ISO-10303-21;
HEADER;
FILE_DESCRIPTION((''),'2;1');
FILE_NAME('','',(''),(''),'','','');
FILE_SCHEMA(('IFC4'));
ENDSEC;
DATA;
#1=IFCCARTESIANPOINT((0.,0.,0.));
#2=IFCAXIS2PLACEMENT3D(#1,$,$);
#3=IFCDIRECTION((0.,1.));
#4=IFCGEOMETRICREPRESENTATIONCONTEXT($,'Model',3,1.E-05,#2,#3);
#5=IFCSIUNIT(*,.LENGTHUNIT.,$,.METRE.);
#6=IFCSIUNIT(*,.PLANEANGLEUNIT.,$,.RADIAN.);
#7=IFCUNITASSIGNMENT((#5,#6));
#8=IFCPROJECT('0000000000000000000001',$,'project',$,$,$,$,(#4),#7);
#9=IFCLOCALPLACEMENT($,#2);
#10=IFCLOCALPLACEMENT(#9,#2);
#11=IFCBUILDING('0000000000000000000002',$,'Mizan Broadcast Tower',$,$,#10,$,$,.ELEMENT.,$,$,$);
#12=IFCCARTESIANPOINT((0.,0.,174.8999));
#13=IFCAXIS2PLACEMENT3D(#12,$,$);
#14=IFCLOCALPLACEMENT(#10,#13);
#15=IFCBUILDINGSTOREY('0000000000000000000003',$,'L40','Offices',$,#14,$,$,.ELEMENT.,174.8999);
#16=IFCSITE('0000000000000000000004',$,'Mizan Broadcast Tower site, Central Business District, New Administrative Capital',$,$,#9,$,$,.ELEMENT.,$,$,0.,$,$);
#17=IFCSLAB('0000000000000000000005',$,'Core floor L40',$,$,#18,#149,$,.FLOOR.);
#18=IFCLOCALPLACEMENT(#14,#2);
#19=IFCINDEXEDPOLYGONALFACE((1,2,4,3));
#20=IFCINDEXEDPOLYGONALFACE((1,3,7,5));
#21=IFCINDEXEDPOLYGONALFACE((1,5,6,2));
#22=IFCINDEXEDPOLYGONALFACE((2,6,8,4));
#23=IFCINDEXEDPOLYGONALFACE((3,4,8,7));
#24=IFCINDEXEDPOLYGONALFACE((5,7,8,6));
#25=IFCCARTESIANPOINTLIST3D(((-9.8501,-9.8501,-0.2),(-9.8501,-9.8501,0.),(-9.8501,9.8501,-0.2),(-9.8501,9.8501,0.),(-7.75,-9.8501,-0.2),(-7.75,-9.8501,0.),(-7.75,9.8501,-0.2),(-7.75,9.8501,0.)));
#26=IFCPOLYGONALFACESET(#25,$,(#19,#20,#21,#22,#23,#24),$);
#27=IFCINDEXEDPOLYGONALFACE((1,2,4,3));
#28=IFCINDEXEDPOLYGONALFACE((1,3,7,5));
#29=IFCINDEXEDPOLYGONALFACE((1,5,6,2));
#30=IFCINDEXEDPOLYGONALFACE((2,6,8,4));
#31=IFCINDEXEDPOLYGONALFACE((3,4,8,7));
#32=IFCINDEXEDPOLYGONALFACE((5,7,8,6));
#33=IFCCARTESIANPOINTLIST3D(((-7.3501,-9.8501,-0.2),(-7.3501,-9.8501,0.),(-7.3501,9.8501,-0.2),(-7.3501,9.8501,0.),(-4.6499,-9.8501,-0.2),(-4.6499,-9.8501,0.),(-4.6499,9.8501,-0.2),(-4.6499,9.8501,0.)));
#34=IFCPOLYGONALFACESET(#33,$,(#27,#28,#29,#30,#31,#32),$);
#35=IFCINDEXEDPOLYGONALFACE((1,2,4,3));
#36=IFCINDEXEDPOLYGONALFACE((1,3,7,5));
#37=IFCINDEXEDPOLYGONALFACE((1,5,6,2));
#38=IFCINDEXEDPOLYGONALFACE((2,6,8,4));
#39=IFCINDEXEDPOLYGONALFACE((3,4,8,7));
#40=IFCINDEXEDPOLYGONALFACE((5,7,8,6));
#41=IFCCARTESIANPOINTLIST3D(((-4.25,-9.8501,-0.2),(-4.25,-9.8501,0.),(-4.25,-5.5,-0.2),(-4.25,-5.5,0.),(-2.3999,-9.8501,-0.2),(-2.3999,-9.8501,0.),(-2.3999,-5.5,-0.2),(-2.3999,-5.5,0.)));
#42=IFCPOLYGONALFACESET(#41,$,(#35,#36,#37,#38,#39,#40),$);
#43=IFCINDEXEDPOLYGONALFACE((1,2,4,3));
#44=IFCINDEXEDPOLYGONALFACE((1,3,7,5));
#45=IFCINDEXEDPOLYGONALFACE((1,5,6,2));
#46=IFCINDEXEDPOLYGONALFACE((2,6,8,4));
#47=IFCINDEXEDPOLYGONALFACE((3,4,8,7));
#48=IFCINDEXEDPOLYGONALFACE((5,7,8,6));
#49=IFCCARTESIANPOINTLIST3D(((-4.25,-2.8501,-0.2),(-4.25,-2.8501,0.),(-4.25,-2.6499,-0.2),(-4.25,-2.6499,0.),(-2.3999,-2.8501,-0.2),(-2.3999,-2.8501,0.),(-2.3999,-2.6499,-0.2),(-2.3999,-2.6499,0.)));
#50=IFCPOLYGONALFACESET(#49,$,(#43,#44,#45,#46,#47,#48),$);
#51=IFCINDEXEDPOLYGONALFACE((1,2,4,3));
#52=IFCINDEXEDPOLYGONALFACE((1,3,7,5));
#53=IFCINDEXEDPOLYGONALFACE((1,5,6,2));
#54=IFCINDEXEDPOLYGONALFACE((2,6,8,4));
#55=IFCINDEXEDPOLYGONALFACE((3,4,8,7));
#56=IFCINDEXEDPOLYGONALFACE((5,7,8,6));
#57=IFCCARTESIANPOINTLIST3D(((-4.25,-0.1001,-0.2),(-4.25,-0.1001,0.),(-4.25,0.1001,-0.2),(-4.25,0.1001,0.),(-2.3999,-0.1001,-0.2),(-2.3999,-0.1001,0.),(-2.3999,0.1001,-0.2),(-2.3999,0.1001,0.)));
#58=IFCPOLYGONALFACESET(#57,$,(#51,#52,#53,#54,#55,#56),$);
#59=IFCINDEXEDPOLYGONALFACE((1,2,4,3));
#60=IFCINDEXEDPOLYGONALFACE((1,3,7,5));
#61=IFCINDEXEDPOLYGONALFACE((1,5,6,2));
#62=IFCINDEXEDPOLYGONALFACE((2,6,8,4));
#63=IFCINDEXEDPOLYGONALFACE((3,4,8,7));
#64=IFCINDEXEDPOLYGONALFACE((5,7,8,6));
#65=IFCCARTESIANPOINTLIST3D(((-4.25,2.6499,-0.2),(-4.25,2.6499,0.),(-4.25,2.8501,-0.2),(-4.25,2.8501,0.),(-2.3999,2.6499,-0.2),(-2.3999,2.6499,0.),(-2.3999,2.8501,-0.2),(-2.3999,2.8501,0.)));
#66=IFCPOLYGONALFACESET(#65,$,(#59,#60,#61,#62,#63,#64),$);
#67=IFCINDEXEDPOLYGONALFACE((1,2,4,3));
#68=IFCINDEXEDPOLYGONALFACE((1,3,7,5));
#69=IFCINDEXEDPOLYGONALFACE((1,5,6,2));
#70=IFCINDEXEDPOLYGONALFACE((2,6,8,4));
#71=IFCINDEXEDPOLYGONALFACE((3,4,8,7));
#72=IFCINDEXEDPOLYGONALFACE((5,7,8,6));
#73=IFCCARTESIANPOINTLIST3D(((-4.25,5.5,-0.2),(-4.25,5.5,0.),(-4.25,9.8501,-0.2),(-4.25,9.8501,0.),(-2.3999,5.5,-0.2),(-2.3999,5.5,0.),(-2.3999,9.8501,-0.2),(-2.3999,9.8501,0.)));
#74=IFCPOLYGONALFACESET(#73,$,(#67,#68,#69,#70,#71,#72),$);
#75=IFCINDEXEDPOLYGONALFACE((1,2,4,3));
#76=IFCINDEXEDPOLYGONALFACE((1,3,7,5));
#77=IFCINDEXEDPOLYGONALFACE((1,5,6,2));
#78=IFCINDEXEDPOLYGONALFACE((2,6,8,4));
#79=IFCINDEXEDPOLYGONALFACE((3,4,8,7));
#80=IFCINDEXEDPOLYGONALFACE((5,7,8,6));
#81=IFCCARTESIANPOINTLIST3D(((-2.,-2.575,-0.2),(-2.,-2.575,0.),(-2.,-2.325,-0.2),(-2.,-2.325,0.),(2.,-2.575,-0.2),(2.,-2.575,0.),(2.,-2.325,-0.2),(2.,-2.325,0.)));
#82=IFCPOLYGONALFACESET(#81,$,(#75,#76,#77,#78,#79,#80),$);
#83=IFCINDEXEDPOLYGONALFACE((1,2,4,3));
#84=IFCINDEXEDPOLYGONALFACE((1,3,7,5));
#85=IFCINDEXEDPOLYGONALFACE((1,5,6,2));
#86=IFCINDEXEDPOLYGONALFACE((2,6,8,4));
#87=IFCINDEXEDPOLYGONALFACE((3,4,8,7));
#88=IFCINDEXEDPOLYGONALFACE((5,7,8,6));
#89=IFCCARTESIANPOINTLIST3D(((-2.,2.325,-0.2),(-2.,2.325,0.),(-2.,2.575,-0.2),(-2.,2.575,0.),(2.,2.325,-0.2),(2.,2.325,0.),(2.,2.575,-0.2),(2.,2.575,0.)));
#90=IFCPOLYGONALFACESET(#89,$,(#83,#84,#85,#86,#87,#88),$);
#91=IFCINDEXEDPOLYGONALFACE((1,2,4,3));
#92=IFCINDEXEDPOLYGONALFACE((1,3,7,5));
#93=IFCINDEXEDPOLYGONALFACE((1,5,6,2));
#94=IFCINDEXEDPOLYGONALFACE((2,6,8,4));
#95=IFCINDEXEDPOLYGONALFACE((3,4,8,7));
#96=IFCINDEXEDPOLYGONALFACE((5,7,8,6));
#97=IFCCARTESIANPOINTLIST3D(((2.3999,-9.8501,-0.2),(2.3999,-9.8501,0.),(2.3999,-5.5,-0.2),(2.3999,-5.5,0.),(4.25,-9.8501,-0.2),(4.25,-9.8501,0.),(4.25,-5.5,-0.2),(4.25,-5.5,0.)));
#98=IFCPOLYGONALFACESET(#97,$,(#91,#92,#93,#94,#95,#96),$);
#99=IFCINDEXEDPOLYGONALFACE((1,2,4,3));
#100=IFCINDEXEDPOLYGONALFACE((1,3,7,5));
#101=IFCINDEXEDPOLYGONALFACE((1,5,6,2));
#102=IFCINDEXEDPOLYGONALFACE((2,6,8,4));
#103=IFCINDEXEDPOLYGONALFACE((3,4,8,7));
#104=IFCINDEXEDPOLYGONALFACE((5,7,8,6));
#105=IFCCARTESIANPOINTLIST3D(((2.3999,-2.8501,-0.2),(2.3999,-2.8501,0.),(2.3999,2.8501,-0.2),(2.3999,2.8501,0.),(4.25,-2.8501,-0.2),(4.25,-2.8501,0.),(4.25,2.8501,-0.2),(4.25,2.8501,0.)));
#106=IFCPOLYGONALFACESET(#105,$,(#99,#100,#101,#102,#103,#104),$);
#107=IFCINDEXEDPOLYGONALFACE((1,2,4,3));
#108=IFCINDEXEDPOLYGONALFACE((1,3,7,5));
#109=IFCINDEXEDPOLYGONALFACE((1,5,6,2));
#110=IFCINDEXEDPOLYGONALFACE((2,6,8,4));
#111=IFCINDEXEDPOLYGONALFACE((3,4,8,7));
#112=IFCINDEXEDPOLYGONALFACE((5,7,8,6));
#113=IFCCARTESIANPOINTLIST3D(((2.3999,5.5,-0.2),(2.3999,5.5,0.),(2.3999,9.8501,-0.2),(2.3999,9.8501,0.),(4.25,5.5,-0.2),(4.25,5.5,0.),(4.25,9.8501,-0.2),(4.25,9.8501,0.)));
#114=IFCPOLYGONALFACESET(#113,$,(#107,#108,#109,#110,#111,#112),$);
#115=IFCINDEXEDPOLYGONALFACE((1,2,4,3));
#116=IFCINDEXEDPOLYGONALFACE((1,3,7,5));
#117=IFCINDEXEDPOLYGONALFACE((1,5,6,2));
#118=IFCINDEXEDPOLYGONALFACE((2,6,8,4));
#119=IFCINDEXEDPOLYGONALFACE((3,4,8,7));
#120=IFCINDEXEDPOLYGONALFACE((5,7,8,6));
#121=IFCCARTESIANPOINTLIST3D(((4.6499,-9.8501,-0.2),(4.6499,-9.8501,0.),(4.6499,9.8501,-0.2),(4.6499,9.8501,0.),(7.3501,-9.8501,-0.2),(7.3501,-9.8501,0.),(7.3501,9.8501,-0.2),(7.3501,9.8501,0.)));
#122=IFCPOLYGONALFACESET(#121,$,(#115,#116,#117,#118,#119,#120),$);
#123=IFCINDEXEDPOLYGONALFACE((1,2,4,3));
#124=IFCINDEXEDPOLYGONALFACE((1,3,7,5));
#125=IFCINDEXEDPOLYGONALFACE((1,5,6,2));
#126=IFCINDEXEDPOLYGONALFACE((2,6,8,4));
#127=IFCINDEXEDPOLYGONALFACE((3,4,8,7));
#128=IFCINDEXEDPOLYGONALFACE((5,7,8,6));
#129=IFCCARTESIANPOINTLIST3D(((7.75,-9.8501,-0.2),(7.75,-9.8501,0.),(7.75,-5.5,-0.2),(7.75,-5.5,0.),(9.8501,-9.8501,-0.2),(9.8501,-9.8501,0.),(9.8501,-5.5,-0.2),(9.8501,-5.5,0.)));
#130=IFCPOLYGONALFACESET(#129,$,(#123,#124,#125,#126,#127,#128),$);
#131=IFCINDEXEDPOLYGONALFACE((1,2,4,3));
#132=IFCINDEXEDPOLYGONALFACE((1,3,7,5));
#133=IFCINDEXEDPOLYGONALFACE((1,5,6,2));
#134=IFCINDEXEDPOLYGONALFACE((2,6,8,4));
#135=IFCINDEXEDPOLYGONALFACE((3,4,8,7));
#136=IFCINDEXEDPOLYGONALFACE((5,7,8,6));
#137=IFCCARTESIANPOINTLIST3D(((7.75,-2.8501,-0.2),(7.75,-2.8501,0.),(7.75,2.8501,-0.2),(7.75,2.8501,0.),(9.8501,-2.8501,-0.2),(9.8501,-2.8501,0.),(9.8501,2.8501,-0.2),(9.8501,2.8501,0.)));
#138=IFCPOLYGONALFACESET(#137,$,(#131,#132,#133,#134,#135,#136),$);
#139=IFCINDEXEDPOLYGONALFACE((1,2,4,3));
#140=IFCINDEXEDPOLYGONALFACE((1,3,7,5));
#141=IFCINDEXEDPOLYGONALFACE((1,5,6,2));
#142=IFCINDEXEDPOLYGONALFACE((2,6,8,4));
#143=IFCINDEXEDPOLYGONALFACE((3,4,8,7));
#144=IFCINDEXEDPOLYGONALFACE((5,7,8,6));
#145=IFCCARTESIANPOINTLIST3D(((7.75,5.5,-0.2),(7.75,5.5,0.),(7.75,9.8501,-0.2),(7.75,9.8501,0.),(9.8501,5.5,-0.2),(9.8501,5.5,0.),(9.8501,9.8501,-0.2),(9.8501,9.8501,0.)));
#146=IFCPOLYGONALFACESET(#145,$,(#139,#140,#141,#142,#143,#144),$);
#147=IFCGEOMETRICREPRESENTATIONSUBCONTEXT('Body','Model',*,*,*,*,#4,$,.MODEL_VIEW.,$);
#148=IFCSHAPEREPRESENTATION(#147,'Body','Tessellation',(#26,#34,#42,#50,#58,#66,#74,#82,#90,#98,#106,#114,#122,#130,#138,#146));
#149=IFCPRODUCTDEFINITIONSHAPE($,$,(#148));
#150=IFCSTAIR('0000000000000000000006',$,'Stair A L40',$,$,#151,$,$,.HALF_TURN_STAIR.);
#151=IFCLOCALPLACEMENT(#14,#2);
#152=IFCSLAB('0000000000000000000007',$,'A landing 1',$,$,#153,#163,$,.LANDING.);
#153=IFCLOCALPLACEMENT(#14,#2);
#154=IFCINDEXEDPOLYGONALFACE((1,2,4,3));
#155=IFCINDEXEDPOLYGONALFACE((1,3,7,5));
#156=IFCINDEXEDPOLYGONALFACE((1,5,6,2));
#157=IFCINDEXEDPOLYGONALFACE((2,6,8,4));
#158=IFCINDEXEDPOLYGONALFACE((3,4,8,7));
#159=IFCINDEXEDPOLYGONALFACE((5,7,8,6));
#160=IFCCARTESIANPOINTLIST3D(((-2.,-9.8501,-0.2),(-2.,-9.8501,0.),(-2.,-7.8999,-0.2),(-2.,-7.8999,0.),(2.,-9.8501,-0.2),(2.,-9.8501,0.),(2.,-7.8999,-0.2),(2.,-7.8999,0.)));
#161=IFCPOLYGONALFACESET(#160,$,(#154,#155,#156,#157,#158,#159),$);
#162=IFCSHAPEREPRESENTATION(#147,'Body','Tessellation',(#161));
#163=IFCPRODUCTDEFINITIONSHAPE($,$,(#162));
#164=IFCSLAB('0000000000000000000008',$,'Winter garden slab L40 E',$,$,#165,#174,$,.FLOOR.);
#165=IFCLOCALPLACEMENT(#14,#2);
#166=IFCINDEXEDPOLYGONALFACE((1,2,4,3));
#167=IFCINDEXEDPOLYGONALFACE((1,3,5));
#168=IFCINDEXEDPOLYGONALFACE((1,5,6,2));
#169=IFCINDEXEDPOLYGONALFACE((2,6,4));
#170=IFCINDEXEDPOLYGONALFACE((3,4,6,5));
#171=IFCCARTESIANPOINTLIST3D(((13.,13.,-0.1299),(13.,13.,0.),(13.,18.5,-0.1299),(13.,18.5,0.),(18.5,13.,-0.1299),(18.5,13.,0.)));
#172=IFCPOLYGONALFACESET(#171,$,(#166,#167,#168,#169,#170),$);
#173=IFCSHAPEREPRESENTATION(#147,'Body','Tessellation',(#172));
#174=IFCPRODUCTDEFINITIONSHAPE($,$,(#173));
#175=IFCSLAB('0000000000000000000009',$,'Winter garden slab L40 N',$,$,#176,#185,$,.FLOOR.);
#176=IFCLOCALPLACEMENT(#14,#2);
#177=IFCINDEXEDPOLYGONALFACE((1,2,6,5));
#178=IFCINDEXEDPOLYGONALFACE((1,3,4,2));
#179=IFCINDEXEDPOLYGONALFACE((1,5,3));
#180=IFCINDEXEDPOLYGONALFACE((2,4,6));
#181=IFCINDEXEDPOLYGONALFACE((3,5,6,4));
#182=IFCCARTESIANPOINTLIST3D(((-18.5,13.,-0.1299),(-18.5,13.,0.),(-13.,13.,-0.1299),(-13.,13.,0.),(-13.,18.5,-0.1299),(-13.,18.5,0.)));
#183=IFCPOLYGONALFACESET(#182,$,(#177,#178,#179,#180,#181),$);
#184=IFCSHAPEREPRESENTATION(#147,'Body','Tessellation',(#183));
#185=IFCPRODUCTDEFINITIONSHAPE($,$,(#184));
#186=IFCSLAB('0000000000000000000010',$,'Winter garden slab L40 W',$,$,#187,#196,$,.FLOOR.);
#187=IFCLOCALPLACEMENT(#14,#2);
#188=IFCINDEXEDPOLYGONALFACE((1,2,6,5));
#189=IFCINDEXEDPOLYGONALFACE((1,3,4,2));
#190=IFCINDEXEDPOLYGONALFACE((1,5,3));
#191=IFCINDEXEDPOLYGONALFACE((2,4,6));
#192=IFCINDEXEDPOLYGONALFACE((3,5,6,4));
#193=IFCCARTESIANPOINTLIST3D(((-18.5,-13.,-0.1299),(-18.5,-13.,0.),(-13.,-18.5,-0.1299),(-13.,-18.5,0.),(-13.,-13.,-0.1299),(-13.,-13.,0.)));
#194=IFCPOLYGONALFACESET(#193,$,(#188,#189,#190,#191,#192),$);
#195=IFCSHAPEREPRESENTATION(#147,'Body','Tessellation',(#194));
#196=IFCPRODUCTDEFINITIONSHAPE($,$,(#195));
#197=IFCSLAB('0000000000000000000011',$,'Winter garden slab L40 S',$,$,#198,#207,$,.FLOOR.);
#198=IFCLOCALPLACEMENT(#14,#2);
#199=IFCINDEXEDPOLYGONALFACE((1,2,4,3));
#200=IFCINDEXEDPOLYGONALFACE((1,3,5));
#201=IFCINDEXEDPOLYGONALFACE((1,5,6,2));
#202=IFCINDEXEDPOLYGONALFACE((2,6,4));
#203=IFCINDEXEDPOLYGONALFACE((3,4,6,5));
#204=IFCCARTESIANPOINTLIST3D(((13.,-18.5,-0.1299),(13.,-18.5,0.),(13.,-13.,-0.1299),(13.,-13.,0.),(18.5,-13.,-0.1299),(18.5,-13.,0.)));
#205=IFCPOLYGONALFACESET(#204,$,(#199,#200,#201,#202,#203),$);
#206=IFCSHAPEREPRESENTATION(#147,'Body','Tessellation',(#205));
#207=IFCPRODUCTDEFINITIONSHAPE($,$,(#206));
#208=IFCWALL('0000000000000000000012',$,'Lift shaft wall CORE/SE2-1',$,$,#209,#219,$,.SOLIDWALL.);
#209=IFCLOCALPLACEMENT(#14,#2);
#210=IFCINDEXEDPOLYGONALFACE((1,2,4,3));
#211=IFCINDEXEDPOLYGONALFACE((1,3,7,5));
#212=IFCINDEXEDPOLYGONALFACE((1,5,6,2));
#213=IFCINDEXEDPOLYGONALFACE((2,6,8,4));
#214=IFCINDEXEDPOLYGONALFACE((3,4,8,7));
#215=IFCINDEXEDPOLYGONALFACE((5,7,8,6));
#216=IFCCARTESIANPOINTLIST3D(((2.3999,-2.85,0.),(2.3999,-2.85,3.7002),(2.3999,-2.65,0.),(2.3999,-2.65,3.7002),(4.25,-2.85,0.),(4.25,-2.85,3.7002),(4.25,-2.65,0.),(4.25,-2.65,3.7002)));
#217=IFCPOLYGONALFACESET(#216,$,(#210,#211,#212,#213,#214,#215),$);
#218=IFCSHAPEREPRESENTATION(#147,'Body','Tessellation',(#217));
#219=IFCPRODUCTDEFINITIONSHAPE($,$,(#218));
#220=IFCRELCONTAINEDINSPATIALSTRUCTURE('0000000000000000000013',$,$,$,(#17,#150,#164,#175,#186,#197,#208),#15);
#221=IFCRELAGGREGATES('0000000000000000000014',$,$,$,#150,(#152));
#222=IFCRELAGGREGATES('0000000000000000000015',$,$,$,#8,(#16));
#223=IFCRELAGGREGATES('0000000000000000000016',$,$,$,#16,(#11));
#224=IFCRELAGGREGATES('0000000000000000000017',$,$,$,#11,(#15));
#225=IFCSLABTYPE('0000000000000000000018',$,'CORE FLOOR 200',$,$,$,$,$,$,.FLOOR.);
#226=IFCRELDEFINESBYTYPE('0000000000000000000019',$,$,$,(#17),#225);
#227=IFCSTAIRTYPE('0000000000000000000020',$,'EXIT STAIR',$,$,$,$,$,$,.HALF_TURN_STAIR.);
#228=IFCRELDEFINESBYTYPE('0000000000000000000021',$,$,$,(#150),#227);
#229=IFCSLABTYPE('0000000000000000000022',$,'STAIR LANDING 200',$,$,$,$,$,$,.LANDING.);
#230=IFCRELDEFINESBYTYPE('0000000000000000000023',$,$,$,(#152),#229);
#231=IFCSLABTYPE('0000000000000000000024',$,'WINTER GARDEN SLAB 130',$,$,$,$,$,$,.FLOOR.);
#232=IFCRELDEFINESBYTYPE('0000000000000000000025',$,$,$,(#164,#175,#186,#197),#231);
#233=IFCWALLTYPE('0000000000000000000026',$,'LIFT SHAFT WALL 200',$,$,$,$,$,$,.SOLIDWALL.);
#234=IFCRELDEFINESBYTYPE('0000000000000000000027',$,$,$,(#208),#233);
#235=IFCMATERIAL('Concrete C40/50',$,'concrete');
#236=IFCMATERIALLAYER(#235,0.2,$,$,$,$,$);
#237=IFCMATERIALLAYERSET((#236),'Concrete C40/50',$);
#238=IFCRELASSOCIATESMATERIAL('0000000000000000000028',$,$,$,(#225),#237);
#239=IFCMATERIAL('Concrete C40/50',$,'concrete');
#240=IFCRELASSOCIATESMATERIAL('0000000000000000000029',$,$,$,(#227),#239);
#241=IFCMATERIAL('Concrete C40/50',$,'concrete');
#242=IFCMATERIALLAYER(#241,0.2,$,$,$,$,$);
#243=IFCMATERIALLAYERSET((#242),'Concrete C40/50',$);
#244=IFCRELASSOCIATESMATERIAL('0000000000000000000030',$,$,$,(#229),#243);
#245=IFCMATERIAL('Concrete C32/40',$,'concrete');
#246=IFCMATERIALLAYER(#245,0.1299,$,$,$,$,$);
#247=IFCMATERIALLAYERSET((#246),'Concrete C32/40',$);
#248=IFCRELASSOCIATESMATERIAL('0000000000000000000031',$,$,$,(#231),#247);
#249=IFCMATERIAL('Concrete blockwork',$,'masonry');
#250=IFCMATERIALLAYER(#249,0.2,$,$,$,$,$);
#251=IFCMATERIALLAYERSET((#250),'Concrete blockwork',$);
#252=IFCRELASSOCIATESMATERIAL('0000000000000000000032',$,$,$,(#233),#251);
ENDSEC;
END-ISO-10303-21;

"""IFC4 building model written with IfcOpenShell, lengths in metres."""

from ifc_helpers import new_model, si_unit, direction, frame, frame_2d, origin, place, context, subcontext, project, spatial, polyline, rectangle, outline, extrude, material, layer, layer_set, type_object, element, aggregate, save


model = new_model("IFC4")

# Units and contexts
model_context = context("Model", 3, precision=1e-05, world=origin(), true_north=direction((0.0, 1.0)))
body_context = subcontext(model_context, "Body", "Model", "MODEL_VIEW")
ifc_project = project(units=[si_unit("LENGTHUNIT", "METRE"), si_unit("PLANEANGLEUNIT", "RADIAN")], contexts=[model_context])

# Site, building, storey
site_placement = place(None, origin())
site = spatial("IfcSite", under=ifc_project, at=site_placement, Name="Mizan Broadcast Tower site, Central Business District, New Administrative Capital", CompositionType="ELEMENT", RefElevation=0.0)
building_placement = place(site_placement, origin())
building = spatial("IfcBuilding", under=site, at=building_placement, Name="Mizan Broadcast Tower", CompositionType="ELEMENT")
storey_placement = place(building_placement, frame((0.0, 0.0, 174.8999)))
storey = spatial("IfcBuildingStorey", under=building, at=storey_placement, Name="L40", Description="Offices", CompositionType="ELEMENT", Elevation=174.8999)

# Slab
ifc_material_1 = material(Name="Concrete C40/50", Category="concrete")
ifc_layer_1 = layer(ifc_material_1, 0.2)
ifc_layer_set_1 = layer_set([ifc_layer_1], Name="Concrete C40/50")
slab_type_1 = type_object("IfcSlabType", Name="CORE FLOOR 200", PredefinedType="FLOOR", material=ifc_layer_set_1)
slab_1_placement = place(storey_placement, frame((0.0, 0.0, -0.2)))
element("IfcSlab", 1, at=slab_1_placement, inside=storey, type_object=slab_type_1, Name="Core floor L40", PredefinedType="FLOOR", context=body_context, shape_type="SweptSolid", body=[
    extrude(outline(polyline([(-9.8501, -9.8501), (-7.75, -9.8501), (-7.75, 9.8501), (-9.8501, 9.8501), (-9.8501, -9.8501)])), origin(), (0.0, 0.0, 1.0), 0.2),
    extrude(outline(polyline([(-4.6499, 9.8501), (-7.3501, 9.8501), (-7.3501, -9.8501), (-4.6499, -9.8501), (-4.6499, 9.8501)])), origin(), (0.0, 0.0, 1.0), 0.2),
    extrude(outline(polyline([(-4.25, -5.5), (-4.25, -9.8501), (-2.3999, -9.8501), (-2.3999, -5.5), (-4.25, -5.5)])), origin(), (0.0, 0.0, 1.0), 0.2),
    extrude(outline(polyline([(-4.25, -2.8501), (-2.3999, -2.8501), (-2.3999, -2.6499), (-4.25, -2.6499), (-4.25, -2.8501)])), origin(), (0.0, 0.0, 1.0), 0.2),
    extrude(outline(polyline([(-4.25, -0.1001), (-2.3999, -0.1001), (-2.3999, 0.1001), (-4.25, 0.1001), (-4.25, -0.1001)])), origin(), (0.0, 0.0, 1.0), 0.2),
    extrude(outline(polyline([(-4.25, 2.6499), (-2.3999, 2.6499), (-2.3999, 2.8501), (-4.25, 2.8501), (-4.25, 2.6499)])), origin(), (0.0, 0.0, 1.0), 0.2),
    extrude(outline(polyline([(-4.25, 5.5), (-2.3999, 5.5), (-2.3999, 9.8501), (-4.25, 9.8501), (-4.25, 5.5)])), origin(), (0.0, 0.0, 1.0), 0.2),
    extrude(outline(polyline([(2.0, -2.325), (-2.0, -2.325), (-2.0, -2.575), (2.0, -2.575), (2.0, -2.325)])), origin(), (0.0, 0.0, 1.0), 0.2),
    extrude(outline(polyline([(2.0, 2.575), (-2.0, 2.575), (-2.0, 2.325), (2.0, 2.325), (2.0, 2.575)])), origin(), (0.0, 0.0, 1.0), 0.2),
    extrude(outline(polyline([(4.25, -9.8501), (4.25, -5.5), (2.3999, -5.5), (2.3999, -9.8501), (4.25, -9.8501)])), origin(), (0.0, 0.0, 1.0), 0.2),
    extrude(outline(polyline([(4.25, -2.8501), (4.25, 2.8501), (2.3999, 2.8501), (2.3999, -2.8501), (4.25, -2.8501)])), origin(), (0.0, 0.0, 1.0), 0.2),
    extrude(outline(polyline([(4.25, 5.5), (4.25, 9.8501), (2.3999, 9.8501), (2.3999, 5.5), (4.25, 5.5)])), origin(), (0.0, 0.0, 1.0), 0.2),
    extrude(outline(polyline([(4.6499, 9.8501), (4.6499, -9.8501), (7.3501, -9.8501), (7.3501, 9.8501), (4.6499, 9.8501)])), origin(), (0.0, 0.0, 1.0), 0.2),
    extrude(outline(polyline([(9.8501, -9.8501), (9.8501, -5.5), (7.75, -5.5), (7.75, -9.8501), (9.8501, -9.8501)])), origin(), (0.0, 0.0, 1.0), 0.2),
    extrude(outline(polyline([(7.75, -2.8501), (9.8501, -2.8501), (9.8501, 2.8501), (7.75, 2.8501), (7.75, -2.8501)])), origin(), (0.0, 0.0, 1.0), 0.2),
    extrude(outline(polyline([(9.8501, 5.5), (9.8501, 9.8501), (7.75, 9.8501), (7.75, 5.5), (9.8501, 5.5)])), origin(), (0.0, 0.0, 1.0), 0.2),
])

# Stair, slab
ifc_material_2 = material(Name="Concrete C40/50", Category="concrete")
stair_type = type_object("IfcStairType", Name="EXIT STAIR", PredefinedType="HALF_TURN_STAIR", material=ifc_material_2)
stair_placement = place(storey_placement, origin())
stair = element("IfcStair", 2, at=stair_placement, inside=storey, type_object=stair_type, Name="Stair A L40", PredefinedType="HALF_TURN_STAIR")
ifc_material_3 = material(Name="Concrete C40/50", Category="concrete")
ifc_layer_2 = layer(ifc_material_3, 0.2)
ifc_layer_set_2 = layer_set([ifc_layer_2], Name="Concrete C40/50")
slab_type_2 = type_object("IfcSlabType", Name="STAIR LANDING 200", PredefinedType="LANDING", material=ifc_layer_set_2)
slab_2_placement = place(storey_placement, frame((0.0, 0.0, -0.2)))
slab_2 = element("IfcSlab", 3, at=slab_2_placement, type_object=slab_type_2, Name="A landing 1", PredefinedType="LANDING", context=body_context, shape_type="SweptSolid", body=[
    extrude(outline(polyline([(-2.0, -9.8501), (-2.0, -7.8999), (2.0, -7.8999), (2.0, -9.8501), (-2.0, -9.8501)])), origin(), (0.0, 0.0, 1.0), 0.2),
])

# Slabs
ifc_material_4 = material(Name="Concrete C32/40", Category="concrete")
ifc_layer_3 = layer(ifc_material_4, 0.1299)
ifc_layer_set_3 = layer_set([ifc_layer_3], Name="Concrete C32/40")
slab_type_3 = type_object("IfcSlabType", Name="WINTER GARDEN SLAB 130", PredefinedType="FLOOR", material=ifc_layer_set_3)
slab_3_placement = place(storey_placement, frame((0.0, 0.0, -0.1299)))
element("IfcSlab", 4, at=slab_3_placement, inside=storey, type_object=slab_type_3, Name="Winter garden slab L40 E", PredefinedType="FLOOR", context=body_context, shape_type="SweptSolid", body=[
    extrude(outline(polyline([(13.0, 13.0), (18.5, 13.0), (13.0, 18.5), (13.0, 13.0)])), origin(), (0.0, 0.0, 1.0), 0.1299),
])
slab_4_placement = place(storey_placement, frame((0.0, 0.0, -0.1299)))
element("IfcSlab", 5, at=slab_4_placement, inside=storey, type_object=slab_type_3, Name="Winter garden slab L40 N", PredefinedType="FLOOR", context=body_context, shape_type="SweptSolid", body=[
    extrude(outline(polyline([(-13.0, 13.0), (-13.0, 18.5), (-18.5, 13.0), (-13.0, 13.0)])), origin(), (0.0, 0.0, 1.0), 0.1299),
])
slab_5_placement = place(storey_placement, frame((0.0, 0.0, -0.1299)))
element("IfcSlab", 6, at=slab_5_placement, inside=storey, type_object=slab_type_3, Name="Winter garden slab L40 W", PredefinedType="FLOOR", context=body_context, shape_type="SweptSolid", body=[
    extrude(outline(polyline([(-13.0, -13.0), (-18.5, -13.0), (-13.0, -18.5), (-13.0, -13.0)])), origin(), (0.0, 0.0, 1.0), 0.1299),
])
slab_6_placement = place(storey_placement, frame((0.0, 0.0, -0.1299)))
element("IfcSlab", 7, at=slab_6_placement, inside=storey, type_object=slab_type_3, Name="Winter garden slab L40 S", PredefinedType="FLOOR", context=body_context, shape_type="SweptSolid", body=[
    extrude(outline(polyline([(13.0, -13.0), (13.0, -18.5), (18.5, -13.0), (13.0, -13.0)])), origin(), (0.0, 0.0, 1.0), 0.1299),
])

# Wall
ifc_material_5 = material(Name="Concrete blockwork", Category="masonry")
ifc_layer_4 = layer(ifc_material_5, 0.2)
ifc_layer_set_4 = layer_set([ifc_layer_4], Name="Concrete blockwork")
wall_type_1 = type_object("IfcWallType", Name="LIFT SHAFT WALL 200", PredefinedType="SOLIDWALL", material=ifc_layer_set_4)
wall_1_placement = place(storey_placement, frame((2.3999, -2.75, 0.0), z_axis=(0.0, 0.0, 1.0), x_axis=(1.0, 0.0, 0.0)))
element("IfcWall", 8, at=wall_1_placement, inside=storey, type_object=wall_type_1, Name="Lift shaft wall CORE/SE2-1", PredefinedType="SOLIDWALL", context=body_context, shape_type="SweptSolid", body=[
    extrude(rectangle(XDim=1.8501, YDim=0.2, at=frame_2d((0.925, 0.0))), origin(), (0.0, 0.0, 1.0), 3.7002),
])

aggregate(stair, [slab_2])

save(model, "model.ifc")
